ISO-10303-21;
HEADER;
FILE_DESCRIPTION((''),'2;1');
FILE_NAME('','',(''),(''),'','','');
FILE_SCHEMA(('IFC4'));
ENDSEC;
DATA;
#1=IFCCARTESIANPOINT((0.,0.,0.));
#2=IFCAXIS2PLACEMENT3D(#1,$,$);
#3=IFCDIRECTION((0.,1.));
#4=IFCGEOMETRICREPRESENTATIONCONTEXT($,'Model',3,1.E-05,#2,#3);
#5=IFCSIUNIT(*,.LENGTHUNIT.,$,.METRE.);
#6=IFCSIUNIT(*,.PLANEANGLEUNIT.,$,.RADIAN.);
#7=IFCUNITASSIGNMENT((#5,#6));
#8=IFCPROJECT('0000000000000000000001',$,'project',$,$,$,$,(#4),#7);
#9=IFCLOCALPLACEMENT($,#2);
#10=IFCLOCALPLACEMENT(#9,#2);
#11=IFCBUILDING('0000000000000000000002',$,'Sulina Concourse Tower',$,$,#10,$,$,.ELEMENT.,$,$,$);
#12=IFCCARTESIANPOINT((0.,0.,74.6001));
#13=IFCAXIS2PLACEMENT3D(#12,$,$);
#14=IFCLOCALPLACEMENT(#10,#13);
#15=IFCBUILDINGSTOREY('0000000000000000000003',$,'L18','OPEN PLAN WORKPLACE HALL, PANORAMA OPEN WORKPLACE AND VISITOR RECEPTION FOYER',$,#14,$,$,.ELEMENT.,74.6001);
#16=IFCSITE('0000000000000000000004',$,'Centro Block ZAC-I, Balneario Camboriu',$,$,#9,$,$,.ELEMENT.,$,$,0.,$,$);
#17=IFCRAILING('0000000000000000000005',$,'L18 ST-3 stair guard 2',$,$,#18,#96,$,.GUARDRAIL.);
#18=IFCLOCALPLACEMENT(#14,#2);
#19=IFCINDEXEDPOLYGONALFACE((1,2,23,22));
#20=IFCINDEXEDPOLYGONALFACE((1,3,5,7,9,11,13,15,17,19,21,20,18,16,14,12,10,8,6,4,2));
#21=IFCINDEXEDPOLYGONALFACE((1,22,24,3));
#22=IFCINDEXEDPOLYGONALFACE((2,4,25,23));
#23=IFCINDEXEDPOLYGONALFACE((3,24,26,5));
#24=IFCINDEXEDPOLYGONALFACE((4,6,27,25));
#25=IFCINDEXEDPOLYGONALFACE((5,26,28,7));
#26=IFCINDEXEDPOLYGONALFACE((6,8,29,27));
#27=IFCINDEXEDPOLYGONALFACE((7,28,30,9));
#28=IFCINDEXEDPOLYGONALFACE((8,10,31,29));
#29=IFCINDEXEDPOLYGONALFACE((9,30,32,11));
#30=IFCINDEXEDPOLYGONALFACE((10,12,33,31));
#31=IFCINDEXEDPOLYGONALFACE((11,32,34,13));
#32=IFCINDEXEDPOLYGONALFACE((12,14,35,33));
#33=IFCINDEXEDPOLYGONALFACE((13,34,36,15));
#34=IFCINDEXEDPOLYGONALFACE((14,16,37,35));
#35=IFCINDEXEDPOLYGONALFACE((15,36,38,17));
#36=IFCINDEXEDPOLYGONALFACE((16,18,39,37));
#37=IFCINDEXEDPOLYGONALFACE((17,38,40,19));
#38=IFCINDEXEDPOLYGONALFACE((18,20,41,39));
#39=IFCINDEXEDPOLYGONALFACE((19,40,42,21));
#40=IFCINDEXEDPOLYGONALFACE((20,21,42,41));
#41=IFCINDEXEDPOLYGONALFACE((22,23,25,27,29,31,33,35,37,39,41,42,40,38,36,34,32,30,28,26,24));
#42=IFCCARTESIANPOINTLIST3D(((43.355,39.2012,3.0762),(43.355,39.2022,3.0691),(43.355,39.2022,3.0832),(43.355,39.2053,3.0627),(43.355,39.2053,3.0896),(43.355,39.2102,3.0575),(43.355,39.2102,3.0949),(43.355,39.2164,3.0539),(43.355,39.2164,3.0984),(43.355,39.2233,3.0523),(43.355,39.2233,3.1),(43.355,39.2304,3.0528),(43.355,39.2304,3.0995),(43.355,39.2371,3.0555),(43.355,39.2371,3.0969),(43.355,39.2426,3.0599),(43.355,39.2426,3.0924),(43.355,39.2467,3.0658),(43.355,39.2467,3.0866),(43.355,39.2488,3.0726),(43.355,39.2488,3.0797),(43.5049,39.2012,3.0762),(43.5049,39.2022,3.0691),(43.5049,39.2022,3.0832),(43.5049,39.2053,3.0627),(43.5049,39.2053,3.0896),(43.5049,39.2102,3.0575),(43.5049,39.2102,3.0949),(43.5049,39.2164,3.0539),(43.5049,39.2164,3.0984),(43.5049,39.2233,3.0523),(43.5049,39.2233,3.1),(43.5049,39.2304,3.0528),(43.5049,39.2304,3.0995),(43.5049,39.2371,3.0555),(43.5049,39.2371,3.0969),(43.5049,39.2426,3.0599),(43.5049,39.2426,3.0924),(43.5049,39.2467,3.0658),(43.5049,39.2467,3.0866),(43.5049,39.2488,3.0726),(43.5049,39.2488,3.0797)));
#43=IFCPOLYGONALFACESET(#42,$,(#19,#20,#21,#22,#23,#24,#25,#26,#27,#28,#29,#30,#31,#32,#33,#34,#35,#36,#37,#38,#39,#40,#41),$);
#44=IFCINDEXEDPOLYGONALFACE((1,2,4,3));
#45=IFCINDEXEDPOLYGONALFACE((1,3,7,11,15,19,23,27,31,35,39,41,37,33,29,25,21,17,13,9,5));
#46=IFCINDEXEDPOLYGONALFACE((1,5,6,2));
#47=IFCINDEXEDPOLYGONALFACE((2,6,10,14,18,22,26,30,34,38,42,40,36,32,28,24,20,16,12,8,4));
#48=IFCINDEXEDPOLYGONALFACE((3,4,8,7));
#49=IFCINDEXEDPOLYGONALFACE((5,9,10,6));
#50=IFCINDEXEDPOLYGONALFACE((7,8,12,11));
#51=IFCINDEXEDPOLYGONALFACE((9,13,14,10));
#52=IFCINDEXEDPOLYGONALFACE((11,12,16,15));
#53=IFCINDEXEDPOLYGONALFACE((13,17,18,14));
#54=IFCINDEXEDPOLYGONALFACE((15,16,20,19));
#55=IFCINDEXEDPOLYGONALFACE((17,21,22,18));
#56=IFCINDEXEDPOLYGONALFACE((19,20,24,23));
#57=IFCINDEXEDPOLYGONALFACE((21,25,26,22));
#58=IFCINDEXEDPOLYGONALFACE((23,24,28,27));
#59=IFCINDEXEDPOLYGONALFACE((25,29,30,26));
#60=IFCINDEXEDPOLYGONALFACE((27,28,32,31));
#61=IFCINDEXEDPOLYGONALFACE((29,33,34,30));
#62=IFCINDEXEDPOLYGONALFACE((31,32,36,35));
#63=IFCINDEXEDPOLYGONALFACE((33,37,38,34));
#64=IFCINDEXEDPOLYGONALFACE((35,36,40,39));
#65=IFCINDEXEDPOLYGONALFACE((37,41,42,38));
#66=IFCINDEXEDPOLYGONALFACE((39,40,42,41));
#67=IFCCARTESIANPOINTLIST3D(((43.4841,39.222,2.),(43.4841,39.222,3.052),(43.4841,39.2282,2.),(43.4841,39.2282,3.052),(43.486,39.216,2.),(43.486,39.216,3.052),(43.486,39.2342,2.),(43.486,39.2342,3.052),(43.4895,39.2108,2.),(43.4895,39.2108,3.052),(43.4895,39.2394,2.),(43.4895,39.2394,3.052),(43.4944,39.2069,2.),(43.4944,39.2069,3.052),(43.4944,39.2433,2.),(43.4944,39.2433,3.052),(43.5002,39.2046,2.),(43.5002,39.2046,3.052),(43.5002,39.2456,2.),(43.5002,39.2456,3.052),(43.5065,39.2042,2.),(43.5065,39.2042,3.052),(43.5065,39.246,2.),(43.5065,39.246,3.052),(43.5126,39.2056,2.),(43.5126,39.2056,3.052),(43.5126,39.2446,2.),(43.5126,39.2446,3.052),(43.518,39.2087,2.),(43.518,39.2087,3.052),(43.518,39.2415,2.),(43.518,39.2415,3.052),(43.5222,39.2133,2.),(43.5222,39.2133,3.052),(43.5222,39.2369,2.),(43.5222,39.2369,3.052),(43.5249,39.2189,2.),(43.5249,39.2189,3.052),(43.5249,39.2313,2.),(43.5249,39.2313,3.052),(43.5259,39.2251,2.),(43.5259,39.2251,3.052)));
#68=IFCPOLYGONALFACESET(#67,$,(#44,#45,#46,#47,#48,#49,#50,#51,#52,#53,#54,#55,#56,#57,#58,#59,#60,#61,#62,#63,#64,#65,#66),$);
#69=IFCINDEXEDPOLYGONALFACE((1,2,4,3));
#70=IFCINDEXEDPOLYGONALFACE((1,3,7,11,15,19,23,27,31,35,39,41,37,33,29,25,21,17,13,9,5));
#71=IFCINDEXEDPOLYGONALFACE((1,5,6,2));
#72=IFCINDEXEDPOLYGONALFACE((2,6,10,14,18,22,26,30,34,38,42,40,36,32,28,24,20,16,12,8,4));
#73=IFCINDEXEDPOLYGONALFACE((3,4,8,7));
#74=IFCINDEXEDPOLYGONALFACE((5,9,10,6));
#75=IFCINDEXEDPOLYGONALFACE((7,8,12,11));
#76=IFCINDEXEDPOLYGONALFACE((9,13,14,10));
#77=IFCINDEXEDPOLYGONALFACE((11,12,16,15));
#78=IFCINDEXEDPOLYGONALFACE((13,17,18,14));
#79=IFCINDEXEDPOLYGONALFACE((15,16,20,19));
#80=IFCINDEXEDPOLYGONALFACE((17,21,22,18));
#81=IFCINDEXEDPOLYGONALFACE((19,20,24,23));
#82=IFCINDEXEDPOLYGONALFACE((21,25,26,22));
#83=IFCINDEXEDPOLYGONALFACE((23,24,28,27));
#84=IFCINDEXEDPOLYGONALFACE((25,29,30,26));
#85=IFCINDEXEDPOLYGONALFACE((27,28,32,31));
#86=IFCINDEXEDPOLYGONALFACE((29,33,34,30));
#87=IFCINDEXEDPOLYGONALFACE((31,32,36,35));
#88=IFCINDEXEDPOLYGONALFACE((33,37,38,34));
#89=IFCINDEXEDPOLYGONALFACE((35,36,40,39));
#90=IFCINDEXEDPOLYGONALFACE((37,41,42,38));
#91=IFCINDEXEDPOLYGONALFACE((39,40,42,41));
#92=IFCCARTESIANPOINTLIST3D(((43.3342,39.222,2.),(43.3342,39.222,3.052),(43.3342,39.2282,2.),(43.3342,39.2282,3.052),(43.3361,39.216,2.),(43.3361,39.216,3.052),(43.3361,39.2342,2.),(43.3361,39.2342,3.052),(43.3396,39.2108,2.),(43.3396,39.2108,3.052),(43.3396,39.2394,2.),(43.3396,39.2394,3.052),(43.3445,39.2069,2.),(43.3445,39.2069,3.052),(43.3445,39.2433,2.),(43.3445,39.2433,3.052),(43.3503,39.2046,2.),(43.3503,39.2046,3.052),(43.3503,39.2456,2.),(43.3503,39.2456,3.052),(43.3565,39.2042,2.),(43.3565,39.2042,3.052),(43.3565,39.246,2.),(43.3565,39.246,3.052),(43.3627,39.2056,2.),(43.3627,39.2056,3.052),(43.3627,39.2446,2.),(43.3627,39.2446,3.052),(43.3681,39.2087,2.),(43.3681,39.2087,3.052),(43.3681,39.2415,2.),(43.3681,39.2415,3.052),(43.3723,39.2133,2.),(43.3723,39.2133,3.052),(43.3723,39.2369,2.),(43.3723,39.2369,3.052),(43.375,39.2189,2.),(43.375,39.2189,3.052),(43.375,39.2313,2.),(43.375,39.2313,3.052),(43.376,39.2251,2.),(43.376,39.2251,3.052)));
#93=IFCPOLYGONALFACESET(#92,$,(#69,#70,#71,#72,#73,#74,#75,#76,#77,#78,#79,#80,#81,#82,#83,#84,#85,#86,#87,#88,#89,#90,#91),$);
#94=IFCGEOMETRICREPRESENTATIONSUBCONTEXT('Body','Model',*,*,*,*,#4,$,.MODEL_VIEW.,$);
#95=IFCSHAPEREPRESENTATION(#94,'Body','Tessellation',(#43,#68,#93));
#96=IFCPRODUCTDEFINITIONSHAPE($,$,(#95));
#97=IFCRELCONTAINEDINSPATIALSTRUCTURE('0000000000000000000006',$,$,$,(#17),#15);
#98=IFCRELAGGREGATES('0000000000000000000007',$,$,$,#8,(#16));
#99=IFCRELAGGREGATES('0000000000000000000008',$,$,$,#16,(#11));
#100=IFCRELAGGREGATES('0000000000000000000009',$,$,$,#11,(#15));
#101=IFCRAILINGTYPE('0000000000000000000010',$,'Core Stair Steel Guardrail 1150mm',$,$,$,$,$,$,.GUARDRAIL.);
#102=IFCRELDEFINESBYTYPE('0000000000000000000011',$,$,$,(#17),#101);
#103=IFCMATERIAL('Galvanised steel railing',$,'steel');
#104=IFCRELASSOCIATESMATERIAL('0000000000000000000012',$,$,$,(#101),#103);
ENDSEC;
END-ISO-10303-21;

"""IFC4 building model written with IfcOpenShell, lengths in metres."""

from ifc_helpers import new_model, si_unit, direction, frame, origin, origin_2d, place, context, subcontext, project, spatial, circle, extrude, material, type_object, element, save


model = new_model("IFC4")

# Units and contexts
model_context = context("Model", 3, precision=1e-05, world=origin(), true_north=direction((0.0, 1.0)))
body_context = subcontext(model_context, "Body", "Model", "MODEL_VIEW")
ifc_project = project(units=[si_unit("LENGTHUNIT", "METRE"), si_unit("PLANEANGLEUNIT", "RADIAN")], contexts=[model_context])

# Site, building, storey
site_placement = place(None, origin())
site = spatial("IfcSite", under=ifc_project, at=site_placement, Name="Centro Block ZAC-I, Balneario Camboriu", CompositionType="ELEMENT", RefElevation=0.0)
building_placement = place(site_placement, origin())
building = spatial("IfcBuilding", under=site, at=building_placement, Name="Sulina Concourse Tower", CompositionType="ELEMENT")
storey_placement = place(building_placement, frame((0.0, 0.0, 74.6001)))
storey = spatial("IfcBuildingStorey", under=building, at=storey_placement, Name="L18", Description="OPEN PLAN WORKPLACE HALL, PANORAMA OPEN WORKPLACE AND VISITOR RECEPTION FOYER", CompositionType="ELEMENT", Elevation=74.6001)

# Railing
ifc_material_1 = material(Name="Galvanised steel railing", Category="steel")
railing_type_1 = type_object("IfcRailingType", Name="Core Stair Steel Guardrail 1150mm", PredefinedType="GUARDRAIL", material=ifc_material_1)
railing_1_placement = place(storey_placement, frame((43.5049, 39.2251, 2.0)))
element("IfcRailing", 1, at=railing_1_placement, inside=storey, type_object=railing_type_1, Name="L18 ST-3 stair guard 2", PredefinedType="GUARDRAIL", context=body_context, shape_type="SweptSolid", body=[
    extrude(circle(Radius=0.0239, at=origin_2d()), frame((0.0, 0.0, 1.0762), z_axis=(-1.0, 0.0, 0.0), x_axis=(0.0, -1.0, 0.0)), (0.0, 0.0, 1.0), 0.1499),
    extrude(circle(Radius=0.021, at=origin_2d()), origin(), (0.0, 0.0, 1.0), 1.052),
    extrude(circle(Radius=0.021, at=origin_2d()), frame((-0.1499, 0.0, 0.0)), (0.0, 0.0, 1.0), 1.052),
])

save(model, "model.ifc")
